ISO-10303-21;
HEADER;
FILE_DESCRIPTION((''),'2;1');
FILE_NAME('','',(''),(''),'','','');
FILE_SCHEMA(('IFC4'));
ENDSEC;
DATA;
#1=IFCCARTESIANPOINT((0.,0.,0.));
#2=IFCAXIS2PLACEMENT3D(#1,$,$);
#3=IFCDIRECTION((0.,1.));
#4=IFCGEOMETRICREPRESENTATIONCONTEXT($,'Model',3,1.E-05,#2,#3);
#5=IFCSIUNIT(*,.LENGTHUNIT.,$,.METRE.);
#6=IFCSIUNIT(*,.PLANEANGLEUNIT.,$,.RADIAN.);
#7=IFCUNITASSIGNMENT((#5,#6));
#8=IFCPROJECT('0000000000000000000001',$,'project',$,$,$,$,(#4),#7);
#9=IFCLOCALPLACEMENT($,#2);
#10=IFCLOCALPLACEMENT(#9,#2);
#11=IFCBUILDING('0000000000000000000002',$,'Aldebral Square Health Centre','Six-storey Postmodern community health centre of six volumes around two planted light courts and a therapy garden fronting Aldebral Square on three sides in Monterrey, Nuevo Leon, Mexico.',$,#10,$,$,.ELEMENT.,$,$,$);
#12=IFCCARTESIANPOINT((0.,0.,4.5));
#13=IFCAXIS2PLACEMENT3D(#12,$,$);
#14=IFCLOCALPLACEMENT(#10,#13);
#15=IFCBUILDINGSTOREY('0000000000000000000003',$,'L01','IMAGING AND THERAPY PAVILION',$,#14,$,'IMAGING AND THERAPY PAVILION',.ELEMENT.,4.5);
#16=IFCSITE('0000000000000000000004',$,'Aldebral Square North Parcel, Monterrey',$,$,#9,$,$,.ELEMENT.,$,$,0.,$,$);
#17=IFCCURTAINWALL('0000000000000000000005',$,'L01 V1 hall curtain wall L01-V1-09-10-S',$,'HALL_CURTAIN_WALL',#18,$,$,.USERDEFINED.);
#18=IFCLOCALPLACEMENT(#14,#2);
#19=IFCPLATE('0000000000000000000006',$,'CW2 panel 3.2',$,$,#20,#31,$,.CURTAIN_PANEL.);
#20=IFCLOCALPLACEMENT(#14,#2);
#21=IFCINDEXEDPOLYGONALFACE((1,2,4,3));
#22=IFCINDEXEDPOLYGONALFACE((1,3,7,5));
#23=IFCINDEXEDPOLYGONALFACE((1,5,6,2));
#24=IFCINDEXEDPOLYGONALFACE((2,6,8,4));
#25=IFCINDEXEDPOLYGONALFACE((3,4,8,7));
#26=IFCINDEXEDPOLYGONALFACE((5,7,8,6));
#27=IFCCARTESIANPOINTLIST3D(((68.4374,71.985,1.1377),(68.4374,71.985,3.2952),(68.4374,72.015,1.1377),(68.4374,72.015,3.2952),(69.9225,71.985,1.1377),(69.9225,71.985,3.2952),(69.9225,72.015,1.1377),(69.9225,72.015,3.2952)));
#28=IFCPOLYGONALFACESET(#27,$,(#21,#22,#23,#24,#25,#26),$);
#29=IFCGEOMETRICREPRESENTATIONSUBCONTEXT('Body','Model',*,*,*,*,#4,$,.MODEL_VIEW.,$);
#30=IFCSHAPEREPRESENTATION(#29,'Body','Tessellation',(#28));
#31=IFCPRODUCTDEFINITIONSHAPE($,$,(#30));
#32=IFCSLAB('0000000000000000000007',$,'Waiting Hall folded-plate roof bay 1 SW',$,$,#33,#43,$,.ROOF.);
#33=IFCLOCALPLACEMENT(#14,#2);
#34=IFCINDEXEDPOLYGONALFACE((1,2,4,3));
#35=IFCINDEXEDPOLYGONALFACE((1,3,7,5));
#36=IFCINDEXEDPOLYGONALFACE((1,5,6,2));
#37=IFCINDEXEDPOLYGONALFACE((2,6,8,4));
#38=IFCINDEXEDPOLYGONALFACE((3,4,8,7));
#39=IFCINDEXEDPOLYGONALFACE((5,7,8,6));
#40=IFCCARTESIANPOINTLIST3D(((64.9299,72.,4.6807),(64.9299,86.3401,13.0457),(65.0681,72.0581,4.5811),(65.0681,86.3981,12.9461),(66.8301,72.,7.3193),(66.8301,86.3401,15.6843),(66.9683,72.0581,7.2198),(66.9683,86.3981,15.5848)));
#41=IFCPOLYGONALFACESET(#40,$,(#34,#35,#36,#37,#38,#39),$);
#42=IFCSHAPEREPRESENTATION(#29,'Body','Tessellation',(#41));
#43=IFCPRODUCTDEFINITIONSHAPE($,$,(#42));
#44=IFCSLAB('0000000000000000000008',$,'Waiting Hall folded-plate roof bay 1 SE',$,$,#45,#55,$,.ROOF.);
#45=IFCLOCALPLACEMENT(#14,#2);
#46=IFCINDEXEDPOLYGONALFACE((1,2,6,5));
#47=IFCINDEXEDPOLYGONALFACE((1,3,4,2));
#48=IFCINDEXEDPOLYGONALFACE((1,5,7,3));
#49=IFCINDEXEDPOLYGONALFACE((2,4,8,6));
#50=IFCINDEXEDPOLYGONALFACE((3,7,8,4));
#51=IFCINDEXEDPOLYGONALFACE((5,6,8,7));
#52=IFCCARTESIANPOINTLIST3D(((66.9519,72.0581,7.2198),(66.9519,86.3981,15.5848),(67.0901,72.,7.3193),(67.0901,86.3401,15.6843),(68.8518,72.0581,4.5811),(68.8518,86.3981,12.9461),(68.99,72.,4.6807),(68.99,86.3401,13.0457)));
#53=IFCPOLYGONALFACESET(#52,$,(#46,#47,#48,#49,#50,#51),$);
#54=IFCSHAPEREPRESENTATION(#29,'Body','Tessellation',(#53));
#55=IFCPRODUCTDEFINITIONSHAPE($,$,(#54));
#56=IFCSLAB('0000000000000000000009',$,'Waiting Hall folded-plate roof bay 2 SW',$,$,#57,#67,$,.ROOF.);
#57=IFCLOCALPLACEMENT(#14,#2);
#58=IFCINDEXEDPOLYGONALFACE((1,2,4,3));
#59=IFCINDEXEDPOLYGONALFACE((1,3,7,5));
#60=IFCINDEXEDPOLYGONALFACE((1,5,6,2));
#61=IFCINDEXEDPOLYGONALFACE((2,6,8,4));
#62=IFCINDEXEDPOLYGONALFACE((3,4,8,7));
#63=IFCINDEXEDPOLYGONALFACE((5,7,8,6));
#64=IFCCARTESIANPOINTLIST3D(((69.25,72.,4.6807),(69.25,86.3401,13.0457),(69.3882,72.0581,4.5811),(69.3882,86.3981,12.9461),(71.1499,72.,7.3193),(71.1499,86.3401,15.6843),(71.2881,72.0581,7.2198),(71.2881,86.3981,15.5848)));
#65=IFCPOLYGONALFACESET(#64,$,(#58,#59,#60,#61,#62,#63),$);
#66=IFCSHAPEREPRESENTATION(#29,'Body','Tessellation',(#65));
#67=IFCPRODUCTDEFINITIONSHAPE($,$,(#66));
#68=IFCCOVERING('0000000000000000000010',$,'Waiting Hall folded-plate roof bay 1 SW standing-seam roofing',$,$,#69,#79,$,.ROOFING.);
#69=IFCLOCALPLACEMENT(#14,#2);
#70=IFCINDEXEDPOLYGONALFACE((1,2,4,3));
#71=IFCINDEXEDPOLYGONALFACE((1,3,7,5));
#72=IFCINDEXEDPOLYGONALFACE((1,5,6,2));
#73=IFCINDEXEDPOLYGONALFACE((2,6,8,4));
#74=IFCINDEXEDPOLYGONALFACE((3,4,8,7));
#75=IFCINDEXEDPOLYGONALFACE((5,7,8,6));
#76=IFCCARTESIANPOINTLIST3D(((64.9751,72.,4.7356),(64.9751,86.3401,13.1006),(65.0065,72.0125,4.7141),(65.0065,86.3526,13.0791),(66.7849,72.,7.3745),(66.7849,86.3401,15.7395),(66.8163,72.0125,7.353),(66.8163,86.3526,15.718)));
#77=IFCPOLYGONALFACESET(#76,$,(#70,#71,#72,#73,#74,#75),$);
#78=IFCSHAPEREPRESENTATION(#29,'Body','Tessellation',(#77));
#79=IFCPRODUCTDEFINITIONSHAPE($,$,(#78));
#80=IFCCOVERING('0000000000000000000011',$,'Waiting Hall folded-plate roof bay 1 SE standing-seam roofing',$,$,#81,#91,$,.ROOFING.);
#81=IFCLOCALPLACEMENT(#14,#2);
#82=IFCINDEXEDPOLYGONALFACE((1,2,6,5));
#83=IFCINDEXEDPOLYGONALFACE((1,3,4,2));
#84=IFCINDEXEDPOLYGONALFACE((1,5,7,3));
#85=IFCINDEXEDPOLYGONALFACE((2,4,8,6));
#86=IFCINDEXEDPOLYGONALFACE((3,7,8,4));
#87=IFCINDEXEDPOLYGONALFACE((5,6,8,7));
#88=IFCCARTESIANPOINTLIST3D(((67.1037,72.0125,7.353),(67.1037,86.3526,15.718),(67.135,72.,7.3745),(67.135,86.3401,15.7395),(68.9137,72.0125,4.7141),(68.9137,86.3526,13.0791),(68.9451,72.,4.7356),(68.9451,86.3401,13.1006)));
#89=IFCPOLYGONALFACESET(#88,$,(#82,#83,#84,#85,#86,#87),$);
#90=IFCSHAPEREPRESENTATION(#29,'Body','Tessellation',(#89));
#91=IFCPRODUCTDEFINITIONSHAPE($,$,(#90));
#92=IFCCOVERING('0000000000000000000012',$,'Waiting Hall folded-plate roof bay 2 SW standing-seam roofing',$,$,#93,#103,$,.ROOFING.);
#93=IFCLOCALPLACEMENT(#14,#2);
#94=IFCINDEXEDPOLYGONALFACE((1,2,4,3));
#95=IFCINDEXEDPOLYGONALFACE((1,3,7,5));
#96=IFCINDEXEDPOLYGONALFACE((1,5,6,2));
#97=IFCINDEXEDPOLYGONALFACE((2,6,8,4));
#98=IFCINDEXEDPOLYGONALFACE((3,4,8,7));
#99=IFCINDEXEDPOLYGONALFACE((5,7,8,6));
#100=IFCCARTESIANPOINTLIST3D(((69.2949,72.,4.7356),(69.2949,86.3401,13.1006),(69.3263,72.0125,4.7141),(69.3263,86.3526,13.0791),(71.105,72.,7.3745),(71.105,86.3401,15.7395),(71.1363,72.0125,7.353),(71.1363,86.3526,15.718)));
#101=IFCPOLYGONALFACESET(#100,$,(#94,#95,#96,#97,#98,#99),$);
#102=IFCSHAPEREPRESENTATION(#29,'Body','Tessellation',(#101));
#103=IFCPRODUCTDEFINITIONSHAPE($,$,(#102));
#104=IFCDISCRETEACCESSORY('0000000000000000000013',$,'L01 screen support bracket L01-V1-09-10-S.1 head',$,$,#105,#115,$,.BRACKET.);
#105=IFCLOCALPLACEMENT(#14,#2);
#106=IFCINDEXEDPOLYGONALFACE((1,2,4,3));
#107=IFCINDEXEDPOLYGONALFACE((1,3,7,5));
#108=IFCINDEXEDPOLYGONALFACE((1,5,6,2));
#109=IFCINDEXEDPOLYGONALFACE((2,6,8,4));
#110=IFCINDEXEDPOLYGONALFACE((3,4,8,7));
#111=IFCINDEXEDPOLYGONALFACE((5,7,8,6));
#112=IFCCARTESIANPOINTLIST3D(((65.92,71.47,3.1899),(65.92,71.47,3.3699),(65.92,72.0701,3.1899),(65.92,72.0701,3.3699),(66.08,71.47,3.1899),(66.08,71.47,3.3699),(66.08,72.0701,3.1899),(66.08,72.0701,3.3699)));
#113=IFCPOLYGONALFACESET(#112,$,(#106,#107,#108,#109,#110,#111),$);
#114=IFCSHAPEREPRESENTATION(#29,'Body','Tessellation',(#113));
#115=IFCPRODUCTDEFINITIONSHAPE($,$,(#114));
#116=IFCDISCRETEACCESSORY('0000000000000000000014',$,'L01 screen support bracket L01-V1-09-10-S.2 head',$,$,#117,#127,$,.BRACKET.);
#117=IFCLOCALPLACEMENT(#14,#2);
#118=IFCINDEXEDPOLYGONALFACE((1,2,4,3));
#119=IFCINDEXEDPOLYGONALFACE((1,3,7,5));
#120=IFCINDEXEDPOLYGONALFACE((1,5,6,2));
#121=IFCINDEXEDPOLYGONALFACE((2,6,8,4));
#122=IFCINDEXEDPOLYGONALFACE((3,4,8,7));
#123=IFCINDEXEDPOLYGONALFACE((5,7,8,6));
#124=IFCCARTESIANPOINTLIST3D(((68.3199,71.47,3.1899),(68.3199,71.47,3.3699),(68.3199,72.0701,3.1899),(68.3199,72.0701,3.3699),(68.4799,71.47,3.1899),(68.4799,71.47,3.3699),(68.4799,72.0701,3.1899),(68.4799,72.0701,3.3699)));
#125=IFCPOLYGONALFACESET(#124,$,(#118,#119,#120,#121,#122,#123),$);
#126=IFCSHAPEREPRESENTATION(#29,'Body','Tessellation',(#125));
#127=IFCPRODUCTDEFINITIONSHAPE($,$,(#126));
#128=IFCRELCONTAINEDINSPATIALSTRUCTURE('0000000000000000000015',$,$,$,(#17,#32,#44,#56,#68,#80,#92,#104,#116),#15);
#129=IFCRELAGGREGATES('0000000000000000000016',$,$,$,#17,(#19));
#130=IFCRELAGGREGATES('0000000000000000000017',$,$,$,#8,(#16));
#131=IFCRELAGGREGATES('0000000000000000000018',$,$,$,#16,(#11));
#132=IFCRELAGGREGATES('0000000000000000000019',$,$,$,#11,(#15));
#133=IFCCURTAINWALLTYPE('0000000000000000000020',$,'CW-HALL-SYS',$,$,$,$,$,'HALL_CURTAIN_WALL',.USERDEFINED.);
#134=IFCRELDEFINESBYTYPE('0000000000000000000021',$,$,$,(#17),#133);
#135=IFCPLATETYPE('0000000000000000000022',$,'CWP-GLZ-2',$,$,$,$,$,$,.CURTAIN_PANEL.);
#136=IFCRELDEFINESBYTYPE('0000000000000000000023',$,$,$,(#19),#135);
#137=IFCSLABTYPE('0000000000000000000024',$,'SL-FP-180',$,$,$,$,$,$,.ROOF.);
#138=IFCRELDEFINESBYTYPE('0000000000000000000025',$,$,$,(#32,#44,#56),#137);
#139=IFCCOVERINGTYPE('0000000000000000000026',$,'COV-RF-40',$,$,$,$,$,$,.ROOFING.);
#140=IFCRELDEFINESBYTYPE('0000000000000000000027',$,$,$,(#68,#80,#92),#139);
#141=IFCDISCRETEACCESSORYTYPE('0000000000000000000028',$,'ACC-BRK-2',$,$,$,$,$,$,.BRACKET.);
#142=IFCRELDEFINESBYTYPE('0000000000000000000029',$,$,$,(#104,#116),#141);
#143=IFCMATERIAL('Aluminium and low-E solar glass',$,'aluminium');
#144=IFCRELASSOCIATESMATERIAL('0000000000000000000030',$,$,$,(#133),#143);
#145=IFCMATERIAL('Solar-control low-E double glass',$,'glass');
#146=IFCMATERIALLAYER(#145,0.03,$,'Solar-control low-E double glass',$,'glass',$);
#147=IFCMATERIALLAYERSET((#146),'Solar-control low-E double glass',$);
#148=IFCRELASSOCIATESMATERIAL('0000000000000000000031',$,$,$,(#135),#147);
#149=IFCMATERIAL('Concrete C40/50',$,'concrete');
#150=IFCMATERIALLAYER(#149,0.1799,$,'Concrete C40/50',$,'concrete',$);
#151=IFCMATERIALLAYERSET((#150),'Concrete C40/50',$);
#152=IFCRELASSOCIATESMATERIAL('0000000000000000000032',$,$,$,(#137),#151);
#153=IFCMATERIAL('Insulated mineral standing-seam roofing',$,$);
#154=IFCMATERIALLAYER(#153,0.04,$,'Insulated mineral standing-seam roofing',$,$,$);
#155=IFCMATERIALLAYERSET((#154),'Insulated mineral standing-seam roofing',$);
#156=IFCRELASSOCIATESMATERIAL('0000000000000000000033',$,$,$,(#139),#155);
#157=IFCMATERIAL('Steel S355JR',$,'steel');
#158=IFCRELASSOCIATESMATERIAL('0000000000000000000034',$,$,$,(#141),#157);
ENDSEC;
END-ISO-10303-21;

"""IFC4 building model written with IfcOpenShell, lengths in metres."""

from ifc_helpers import new_model, si_unit, direction, frame, origin, origin_2d, place, context, subcontext, project, spatial, polyline, rectangle, outline, extrude, material, layer, layer_set, type_object, element, aggregate, save


model = new_model("IFC4")

# Units and contexts
model_context = context("Model", 3, precision=1e-05, world=origin(), true_north=direction((0.0, 1.0)))
body_context = subcontext(model_context, "Body", "Model", "MODEL_VIEW")
ifc_project = project(units=[si_unit("LENGTHUNIT", "METRE"), si_unit("PLANEANGLEUNIT", "RADIAN")], contexts=[model_context])

# Site, building, storey
site_placement = place(None, origin())
site = spatial("IfcSite", under=ifc_project, at=site_placement, Name="Aldebral Square North Parcel, Monterrey", CompositionType="ELEMENT", RefElevation=0.0)
building_placement = place(site_placement, origin())
building = spatial("IfcBuilding", under=site, at=building_placement, Name="Aldebral Square Health Centre", Description="Six-storey Postmodern community health centre of six volumes around two planted light courts and a therapy garden fronting Aldebral Square on three sides in Monterrey, Nuevo Leon, Mexico.", CompositionType="ELEMENT")
storey_placement = place(building_placement, frame((0.0, 0.0, 4.5)))
storey = spatial("IfcBuildingStorey", under=building, at=storey_placement, Name="L01", Description="IMAGING AND THERAPY PAVILION", LongName="IMAGING AND THERAPY PAVILION", CompositionType="ELEMENT", Elevation=4.5)

# Shared definitions
ifc_material_1 = material(Name="Concrete C40/50", Category="concrete")

# Curtain wall, plate
ifc_material_2 = material(Name="Aluminium and low-E solar glass", Category="aluminium")
curtain_wall_type = type_object("IfcCurtainWallType", Name="CW-HALL-SYS", ElementType="HALL_CURTAIN_WALL", PredefinedType="USERDEFINED", material=ifc_material_2)
curtain_wall_placement = place(storey_placement, origin())
curtain_wall = element("IfcCurtainWall", 1, at=curtain_wall_placement, inside=storey, type_object=curtain_wall_type, Name="L01 V1 hall curtain wall L01-V1-09-10-S", ObjectType="HALL_CURTAIN_WALL", PredefinedType="USERDEFINED")
ifc_material_3 = material(Name="Solar-control low-E double glass", Category="glass")
ifc_layer_1 = layer(ifc_material_3, 0.03, Name="Solar-control low-E double glass", Category="glass")
ifc_layer_set_1 = layer_set([ifc_layer_1], Name="Solar-control low-E double glass")
plate_type = type_object("IfcPlateType", Name="CWP-GLZ-2", PredefinedType="CURTAIN_PANEL", material=ifc_layer_set_1)
plate_1_placement = place(storey_placement, frame((69.1799, 72.0, 1.1377), z_axis=(0.0, 0.0, 1.0), x_axis=(1.0, 0.0, 0.0)))
plate_1 = element("IfcPlate", 2, at=plate_1_placement, type_object=plate_type, Name="CW2 panel 3.2", PredefinedType="CURTAIN_PANEL", context=body_context, shape_type="SweptSolid", body=[
    extrude(rectangle(XDim=1.4851, YDim=0.03, at=origin_2d()), origin(), (0.0, 0.0, 1.0), 2.1575),
])
aggregate(curtain_wall, [plate_1])

# Slabs
ifc_layer_2 = layer(ifc_material_1, 0.1799, Name="Concrete C40/50", Category="concrete")
ifc_layer_set_2 = layer_set([ifc_layer_2], Name="Concrete C40/50")
slab_type = type_object("IfcSlabType", Name="SL-FP-180", PredefinedType="ROOF", material=ifc_layer_set_2)
slab_1_placement = place(storey_placement, frame((64.9299, 72.0, 4.6807), z_axis=(-0.768091, -0.322647, 0.553114), x_axis=(0.584366, 0.0, 0.81149)))
element("IfcSlab", 3, at=slab_1_placement, inside=storey, type_object=slab_type, Name="Waiting Hall folded-plate roof bay 1 SW", PredefinedType="ROOF", context=body_context, shape_type="SweptSolid", body=[
    extrude(outline(polyline([(0.0, 0.0), (3.2516, 0.0), (10.0397, 15.1503), (6.7881, 15.1503), (0.0, 0.0)])), origin(), (0.0, 0.0, -1.0), 0.1799),
])
slab_2_placement = place(storey_placement, frame((67.0901, 72.0, 7.3193), z_axis=(0.768132, -0.322623, 0.553072), x_axis=(0.584317, 0.0, -0.811526)))
element("IfcSlab", 4, at=slab_2_placement, inside=storey, type_object=slab_type, Name="Waiting Hall folded-plate roof bay 1 SE", PredefinedType="ROOF", context=body_context, shape_type="SweptSolid", body=[
    extrude(outline(polyline([(0.0, 0.0), (3.2515, 0.0), (-3.5369, 15.1502), (-6.7884, 15.1502), (0.0, 0.0)])), origin(), (0.0, 0.0, -1.0), 0.1799),
])
slab_3_placement = place(storey_placement, frame((69.25, 72.0, 4.6807), z_axis=(-0.768132, -0.322623, 0.553072), x_axis=(0.584317, 0.0, 0.811526)))
element("IfcSlab", 5, at=slab_3_placement, inside=storey, type_object=slab_type, Name="Waiting Hall folded-plate roof bay 2 SW", PredefinedType="ROOF", context=body_context, shape_type="SweptSolid", body=[
    extrude(outline(polyline([(0.0, 0.0), (3.2515, 0.0), (10.0399, 15.1502), (6.7884, 15.1502), (0.0, 0.0)])), origin(), (0.0, 0.0, -1.0), 0.1799),
])

# Coverings
ifc_material_4 = material(Name="Insulated mineral standing-seam roofing")
ifc_layer_3 = layer(ifc_material_4, 0.04, Name="Insulated mineral standing-seam roofing")
ifc_layer_set_3 = layer_set([ifc_layer_3], Name="Insulated mineral standing-seam roofing")
covering_type = type_object("IfcCoveringType", Name="COV-RF-40", PredefinedType="ROOFING", material=ifc_layer_set_3)
covering_1_placement = place(storey_placement, frame((64.9751, 72.0, 4.7356), z_axis=(-0.783166, -0.313311, 0.537109), x_axis=(0.565586, 0.0, 0.824689)))
element("IfcCovering", 6, at=covering_1_placement, inside=storey, type_object=covering_type, Name="Waiting Hall folded-plate roof bay 1 SW standing-seam roofing", PredefinedType="ROOFING", context=body_context, shape_type="SweptSolid", body=[
    extrude(outline(polyline([(0.0, 0.0), (3.1999, 0.0), (10.0984, 15.1004), (6.8985, 15.1004), (0.0, 0.0)])), origin(), (0.0, 0.0, -1.0), 0.04),
])
covering_2_placement = place(storey_placement, frame((67.135, 72.0, 7.3745), z_axis=(0.783126, -0.313337, 0.537154), x_axis=(0.565638, 0.0, -0.824654)))
element("IfcCovering", 7, at=covering_2_placement, inside=storey, type_object=covering_type, Name="Waiting Hall folded-plate roof bay 1 SE standing-seam roofing", PredefinedType="ROOFING", context=body_context, shape_type="SweptSolid", body=[
    extrude(outline(polyline([(0.0, 0.0), (3.2, 0.0), (-3.6982, 15.1005), (-6.8982, 15.1005), (0.0, 0.0)])), origin(), (0.0, 0.0, -1.0), 0.04),
])
covering_3_placement = place(storey_placement, frame((69.2949, 72.0, 4.7356), z_axis=(-0.783126, -0.313337, 0.537154), x_axis=(0.565638, 0.0, 0.824654)))
element("IfcCovering", 8, at=covering_3_placement, inside=storey, type_object=covering_type, Name="Waiting Hall folded-plate roof bay 2 SW standing-seam roofing", PredefinedType="ROOFING", context=body_context, shape_type="SweptSolid", body=[
    extrude(outline(polyline([(0.0, 0.0), (3.2, 0.0), (10.0982, 15.1005), (6.8982, 15.1005), (0.0, 0.0)])), origin(), (0.0, 0.0, -1.0), 0.04),
])

# Discrete accessories
ifc_material_5 = material(Name="Steel S355JR", Category="steel")
discrete_accessory_type = type_object("IfcDiscreteAccessoryType", Name="ACC-BRK-2", PredefinedType="BRACKET", material=ifc_material_5)
for number, where, z_axis, x_axis, name in (
    (9, (66.0, 71.77, 3.1899), (0.0, 0.0, 1.0), (1.0, 0.0, 0.0), "L01 screen support bracket L01-V1-09-10-S.1 head"),
    (10, (68.3999, 71.77, 3.1899), (0.0, 0.0, 1.0), (1.0, 0.0, 0.0), "L01 screen support bracket L01-V1-09-10-S.2 head"),
):
    element("IfcDiscreteAccessory", number, at=place(storey_placement, frame(where, z_axis=z_axis, x_axis=x_axis)), inside=storey, type_object=discrete_accessory_type, Name=name, PredefinedType="BRACKET", context=body_context, shape_type="SweptSolid", body=[
        extrude(rectangle(XDim=0.1599, YDim=0.6001, at=origin_2d()), origin(), (0.0, 0.0, 1.0), 0.1799),
    ])

save(model, "model.ifc")
